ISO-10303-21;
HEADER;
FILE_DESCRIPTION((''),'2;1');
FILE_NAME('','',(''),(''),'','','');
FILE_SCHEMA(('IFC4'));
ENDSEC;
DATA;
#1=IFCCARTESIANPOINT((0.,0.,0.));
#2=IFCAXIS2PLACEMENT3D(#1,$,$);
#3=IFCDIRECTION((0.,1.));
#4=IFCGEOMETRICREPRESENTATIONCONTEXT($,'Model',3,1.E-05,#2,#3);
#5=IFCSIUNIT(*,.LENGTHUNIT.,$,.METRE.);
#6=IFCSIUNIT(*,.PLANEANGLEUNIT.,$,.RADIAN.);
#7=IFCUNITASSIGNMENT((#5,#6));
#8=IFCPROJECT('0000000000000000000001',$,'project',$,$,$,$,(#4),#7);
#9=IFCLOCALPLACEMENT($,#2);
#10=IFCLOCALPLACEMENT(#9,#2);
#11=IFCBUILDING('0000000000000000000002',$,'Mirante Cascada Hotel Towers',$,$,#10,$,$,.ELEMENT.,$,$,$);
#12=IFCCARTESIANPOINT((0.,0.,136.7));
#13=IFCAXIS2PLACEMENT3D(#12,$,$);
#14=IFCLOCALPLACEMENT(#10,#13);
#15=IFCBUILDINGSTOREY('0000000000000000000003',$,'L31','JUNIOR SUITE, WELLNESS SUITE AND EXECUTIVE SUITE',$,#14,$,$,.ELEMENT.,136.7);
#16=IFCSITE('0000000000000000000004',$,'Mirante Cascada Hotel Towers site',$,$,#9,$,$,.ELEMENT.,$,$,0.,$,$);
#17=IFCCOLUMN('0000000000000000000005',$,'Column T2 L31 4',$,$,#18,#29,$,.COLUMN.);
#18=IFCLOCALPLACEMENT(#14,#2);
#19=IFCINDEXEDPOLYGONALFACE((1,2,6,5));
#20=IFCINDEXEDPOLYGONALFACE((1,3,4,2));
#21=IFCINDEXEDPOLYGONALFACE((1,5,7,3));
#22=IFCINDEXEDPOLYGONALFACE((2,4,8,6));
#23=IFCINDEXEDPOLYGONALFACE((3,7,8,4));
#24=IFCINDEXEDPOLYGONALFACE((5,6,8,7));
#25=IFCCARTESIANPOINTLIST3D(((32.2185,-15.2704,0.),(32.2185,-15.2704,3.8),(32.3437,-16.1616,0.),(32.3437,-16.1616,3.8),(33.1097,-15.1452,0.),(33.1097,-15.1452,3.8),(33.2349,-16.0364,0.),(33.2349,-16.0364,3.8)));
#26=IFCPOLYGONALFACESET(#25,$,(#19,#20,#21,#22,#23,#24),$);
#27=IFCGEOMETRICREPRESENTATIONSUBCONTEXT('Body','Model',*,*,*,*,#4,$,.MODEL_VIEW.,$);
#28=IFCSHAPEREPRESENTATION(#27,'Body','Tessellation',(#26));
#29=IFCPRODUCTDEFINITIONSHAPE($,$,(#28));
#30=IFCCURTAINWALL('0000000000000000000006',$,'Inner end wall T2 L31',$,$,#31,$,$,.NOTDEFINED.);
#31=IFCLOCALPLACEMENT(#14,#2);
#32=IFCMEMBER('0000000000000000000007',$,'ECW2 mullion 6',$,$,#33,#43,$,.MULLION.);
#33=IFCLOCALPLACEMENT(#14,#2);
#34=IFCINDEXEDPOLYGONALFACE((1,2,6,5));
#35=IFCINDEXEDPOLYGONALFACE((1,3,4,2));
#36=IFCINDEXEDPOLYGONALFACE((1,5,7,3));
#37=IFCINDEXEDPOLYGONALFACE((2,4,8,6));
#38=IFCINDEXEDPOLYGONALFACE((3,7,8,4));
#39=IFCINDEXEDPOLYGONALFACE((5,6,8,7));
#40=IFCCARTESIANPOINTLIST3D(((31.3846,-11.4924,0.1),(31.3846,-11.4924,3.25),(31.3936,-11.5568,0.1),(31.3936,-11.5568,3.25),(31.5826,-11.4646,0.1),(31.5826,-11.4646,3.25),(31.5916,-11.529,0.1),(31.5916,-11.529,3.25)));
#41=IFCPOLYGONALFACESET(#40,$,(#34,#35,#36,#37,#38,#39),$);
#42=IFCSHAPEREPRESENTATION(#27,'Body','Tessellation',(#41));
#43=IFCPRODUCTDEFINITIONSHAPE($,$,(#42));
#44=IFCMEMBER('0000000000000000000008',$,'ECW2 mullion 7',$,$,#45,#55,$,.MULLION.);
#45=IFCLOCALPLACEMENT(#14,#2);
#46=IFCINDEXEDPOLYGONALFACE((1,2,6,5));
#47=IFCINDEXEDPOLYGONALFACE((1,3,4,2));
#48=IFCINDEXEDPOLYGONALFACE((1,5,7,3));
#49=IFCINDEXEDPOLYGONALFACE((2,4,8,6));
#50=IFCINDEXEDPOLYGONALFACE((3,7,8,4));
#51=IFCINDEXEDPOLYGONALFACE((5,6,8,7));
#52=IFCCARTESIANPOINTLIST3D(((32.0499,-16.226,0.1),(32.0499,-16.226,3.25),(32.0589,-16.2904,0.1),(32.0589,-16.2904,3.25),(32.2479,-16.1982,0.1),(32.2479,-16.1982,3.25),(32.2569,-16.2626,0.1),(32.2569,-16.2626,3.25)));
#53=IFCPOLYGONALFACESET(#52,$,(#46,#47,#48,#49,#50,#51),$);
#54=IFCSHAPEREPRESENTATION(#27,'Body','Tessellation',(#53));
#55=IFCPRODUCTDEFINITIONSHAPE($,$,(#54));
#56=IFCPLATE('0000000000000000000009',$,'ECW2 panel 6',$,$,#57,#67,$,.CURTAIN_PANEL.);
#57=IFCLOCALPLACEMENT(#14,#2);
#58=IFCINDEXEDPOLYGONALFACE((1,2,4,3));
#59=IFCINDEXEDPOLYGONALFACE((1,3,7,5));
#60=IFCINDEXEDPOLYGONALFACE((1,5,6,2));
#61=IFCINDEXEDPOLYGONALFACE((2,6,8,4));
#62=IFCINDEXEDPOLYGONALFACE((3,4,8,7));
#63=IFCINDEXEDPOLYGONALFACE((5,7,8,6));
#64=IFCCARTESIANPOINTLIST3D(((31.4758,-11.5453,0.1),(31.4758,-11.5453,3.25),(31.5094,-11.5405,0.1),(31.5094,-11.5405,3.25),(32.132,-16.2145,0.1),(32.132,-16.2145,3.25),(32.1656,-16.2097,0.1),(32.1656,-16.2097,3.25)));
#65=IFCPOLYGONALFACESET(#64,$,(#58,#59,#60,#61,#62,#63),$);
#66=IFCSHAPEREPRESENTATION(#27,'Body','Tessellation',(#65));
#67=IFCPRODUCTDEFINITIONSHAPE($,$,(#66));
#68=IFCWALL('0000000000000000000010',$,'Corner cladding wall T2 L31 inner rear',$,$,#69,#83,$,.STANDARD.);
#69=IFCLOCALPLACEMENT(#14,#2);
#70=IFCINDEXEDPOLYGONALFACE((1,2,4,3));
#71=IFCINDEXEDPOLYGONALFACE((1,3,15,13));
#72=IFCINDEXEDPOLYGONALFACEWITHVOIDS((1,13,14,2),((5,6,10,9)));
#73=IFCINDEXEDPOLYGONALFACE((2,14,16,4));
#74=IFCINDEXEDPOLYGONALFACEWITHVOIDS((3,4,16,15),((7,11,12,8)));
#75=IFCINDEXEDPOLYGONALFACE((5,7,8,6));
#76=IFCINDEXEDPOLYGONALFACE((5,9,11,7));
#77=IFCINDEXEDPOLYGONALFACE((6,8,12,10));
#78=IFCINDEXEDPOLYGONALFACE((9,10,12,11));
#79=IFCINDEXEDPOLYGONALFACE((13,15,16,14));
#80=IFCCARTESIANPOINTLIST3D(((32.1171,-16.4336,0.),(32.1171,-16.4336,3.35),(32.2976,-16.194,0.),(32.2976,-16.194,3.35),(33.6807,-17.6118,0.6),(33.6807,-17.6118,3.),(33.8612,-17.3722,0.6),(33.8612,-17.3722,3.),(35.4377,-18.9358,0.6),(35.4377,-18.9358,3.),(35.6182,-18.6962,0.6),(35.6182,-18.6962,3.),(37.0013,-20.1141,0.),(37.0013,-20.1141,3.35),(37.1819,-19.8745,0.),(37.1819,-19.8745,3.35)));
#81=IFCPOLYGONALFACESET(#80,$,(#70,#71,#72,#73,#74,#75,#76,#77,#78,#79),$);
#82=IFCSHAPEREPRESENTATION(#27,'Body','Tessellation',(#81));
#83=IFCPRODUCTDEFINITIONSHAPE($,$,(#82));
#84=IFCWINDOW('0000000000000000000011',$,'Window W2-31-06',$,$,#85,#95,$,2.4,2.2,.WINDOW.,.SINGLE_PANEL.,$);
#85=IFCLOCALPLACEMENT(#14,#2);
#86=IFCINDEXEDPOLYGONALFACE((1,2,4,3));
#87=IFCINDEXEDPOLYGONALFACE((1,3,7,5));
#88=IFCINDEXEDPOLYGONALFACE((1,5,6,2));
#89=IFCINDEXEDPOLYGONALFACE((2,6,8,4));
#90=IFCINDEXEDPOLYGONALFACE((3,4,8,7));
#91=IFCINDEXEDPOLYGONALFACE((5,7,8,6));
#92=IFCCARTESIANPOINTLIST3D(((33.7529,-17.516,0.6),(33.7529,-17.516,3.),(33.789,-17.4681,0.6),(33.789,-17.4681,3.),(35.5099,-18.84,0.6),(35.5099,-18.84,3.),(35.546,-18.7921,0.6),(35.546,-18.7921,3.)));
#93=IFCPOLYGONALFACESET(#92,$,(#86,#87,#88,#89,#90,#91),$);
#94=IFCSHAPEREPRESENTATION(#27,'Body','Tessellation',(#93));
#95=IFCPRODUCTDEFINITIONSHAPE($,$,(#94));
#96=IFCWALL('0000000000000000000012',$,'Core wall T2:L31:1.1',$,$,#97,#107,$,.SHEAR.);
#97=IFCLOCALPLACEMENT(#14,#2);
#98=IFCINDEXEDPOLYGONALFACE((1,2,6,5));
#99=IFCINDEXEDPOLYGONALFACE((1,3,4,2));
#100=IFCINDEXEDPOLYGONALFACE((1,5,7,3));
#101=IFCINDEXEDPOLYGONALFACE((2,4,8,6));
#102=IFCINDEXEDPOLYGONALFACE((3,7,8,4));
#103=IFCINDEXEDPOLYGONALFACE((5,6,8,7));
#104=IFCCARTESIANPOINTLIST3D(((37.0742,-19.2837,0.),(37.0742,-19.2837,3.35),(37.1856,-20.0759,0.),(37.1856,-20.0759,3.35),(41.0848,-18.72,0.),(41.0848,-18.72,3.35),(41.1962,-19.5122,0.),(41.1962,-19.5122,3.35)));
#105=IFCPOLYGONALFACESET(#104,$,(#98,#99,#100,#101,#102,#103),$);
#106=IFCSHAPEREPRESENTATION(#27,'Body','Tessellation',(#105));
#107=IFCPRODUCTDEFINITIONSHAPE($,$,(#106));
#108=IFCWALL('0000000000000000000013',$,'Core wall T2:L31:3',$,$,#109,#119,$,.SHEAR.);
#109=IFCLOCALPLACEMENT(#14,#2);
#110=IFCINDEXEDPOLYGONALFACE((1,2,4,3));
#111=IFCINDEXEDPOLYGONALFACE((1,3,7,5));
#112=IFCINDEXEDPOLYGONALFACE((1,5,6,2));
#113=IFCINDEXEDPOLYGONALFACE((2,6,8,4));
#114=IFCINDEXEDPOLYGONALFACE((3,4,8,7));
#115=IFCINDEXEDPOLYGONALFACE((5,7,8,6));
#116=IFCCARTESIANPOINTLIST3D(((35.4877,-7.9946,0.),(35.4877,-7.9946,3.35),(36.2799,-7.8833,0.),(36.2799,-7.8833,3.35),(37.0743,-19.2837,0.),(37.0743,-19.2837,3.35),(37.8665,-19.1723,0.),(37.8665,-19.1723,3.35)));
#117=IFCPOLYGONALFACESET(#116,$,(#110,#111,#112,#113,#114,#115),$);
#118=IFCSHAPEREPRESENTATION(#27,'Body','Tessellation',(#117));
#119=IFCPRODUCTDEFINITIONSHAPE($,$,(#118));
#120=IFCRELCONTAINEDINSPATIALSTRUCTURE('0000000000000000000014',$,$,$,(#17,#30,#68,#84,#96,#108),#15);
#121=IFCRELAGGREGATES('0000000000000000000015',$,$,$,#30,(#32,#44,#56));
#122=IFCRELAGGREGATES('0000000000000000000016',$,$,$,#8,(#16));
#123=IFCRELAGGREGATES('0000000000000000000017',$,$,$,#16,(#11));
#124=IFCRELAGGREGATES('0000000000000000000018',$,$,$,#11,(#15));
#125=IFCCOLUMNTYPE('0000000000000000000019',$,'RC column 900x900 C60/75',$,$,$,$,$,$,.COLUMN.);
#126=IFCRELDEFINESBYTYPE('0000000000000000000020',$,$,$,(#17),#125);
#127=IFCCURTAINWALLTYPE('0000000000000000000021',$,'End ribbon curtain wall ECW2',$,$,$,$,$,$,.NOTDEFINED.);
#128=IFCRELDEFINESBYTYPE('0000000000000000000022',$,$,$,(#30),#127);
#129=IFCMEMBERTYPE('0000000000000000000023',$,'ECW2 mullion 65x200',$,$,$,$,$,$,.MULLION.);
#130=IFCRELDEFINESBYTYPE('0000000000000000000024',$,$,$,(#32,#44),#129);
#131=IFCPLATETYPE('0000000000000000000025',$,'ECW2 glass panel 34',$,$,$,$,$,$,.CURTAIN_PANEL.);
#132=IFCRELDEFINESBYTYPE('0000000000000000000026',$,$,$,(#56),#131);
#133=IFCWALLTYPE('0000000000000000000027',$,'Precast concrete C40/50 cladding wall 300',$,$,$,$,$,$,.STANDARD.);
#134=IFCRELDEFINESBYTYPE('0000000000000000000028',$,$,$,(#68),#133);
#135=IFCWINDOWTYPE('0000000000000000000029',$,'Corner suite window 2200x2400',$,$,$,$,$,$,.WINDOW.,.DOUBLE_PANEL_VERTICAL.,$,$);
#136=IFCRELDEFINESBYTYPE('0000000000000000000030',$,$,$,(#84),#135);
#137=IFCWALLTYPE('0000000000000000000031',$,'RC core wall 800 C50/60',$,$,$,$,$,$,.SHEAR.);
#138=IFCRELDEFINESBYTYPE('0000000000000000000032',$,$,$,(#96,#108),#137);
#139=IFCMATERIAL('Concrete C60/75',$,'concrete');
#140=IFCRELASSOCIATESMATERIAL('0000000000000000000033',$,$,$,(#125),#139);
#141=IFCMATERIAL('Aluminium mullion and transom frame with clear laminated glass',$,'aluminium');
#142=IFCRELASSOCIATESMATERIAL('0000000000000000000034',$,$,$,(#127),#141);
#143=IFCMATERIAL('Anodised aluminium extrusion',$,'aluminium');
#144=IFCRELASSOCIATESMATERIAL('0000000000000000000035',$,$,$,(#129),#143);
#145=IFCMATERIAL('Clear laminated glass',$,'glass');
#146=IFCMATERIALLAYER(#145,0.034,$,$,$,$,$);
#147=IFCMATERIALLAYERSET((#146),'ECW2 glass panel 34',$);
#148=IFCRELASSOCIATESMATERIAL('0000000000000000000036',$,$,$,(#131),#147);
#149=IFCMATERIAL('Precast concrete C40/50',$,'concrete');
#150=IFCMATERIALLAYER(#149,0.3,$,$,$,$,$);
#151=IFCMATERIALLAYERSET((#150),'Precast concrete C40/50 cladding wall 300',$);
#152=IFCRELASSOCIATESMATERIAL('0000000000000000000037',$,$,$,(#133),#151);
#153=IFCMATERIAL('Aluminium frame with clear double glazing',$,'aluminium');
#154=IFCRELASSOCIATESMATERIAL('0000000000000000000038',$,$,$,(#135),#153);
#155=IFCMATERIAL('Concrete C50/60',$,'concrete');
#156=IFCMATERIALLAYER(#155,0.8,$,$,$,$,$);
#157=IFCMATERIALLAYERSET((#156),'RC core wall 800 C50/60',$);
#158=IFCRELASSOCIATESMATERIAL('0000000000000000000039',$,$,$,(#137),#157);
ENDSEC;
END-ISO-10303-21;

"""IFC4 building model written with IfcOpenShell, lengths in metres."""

from ifc_helpers import new_model, si_unit, direction, frame, frame_2d, origin, origin_2d, place, context, subcontext, project, spatial, rectangle, extrude, material, layer, layer_set, material_profile, profile_set, type_object, element, fill, aggregate, save


model = new_model("IFC4")

# Units and contexts
model_context = context("Model", 3, precision=1e-05, world=origin(), true_north=direction((0.0, 1.0)))
body_context = subcontext(model_context, "Body", "Model", "MODEL_VIEW")
ifc_project = project(units=[si_unit("LENGTHUNIT", "METRE"), si_unit("PLANEANGLEUNIT", "RADIAN")], contexts=[model_context])

# Site, building, storey
site_placement = place(None, origin())
site = spatial("IfcSite", under=ifc_project, at=site_placement, Name="Mirante Cascada Hotel Towers site", CompositionType="ELEMENT", RefElevation=0.0)
building_placement = place(site_placement, origin())
building = spatial("IfcBuilding", under=site, at=building_placement, Name="Mirante Cascada Hotel Towers", CompositionType="ELEMENT")
storey_placement = place(building_placement, frame((0.0, 0.0, 136.7)))
storey = spatial("IfcBuildingStorey", under=building, at=storey_placement, Name="L31", Description="JUNIOR SUITE, WELLNESS SUITE AND EXECUTIVE SUITE", CompositionType="ELEMENT", Elevation=136.7)

# Column
ifc_material_1 = material(Name="Concrete C60/75", Category="concrete")
ifc_material_profile_1 = material_profile(ifc_material_1, rectangle(XDim=0.9, YDim=0.9, at=origin_2d()), Name="RC column 900x900 C60/75")
ifc_profile_set_1 = profile_set([ifc_material_profile_1], Name="Concrete C60/75")
column_type = type_object("IfcColumnType", Name="RC column 900x900 C60/75", PredefinedType="COLUMN", material=ifc_profile_set_1)
column_placement = place(storey_placement, frame((32.7267, -15.6534, 0.0), z_axis=(0.0, 0.0, 1.0), x_axis=(0.990268, 0.139173, 0.0)))
element("IfcColumn", 1, at=column_placement, inside=storey, type_object=column_type, Name="Column T2 L31 4", PredefinedType="COLUMN", context=body_context, shape_type="SweptSolid", body=[
    extrude(rectangle(XDim=0.9, YDim=0.9, at=origin_2d()), origin(), (0.0, 0.0, 1.0), 3.8),
])

# Curtain wall, members, plate
ifc_material_2 = material(Name="Aluminium mullion and transom frame with clear laminated glass", Category="aluminium")
curtain_wall_type = type_object("IfcCurtainWallType", Name="End ribbon curtain wall ECW2", PredefinedType="NOTDEFINED", material=ifc_material_2)
curtain_wall_placement = place(storey_placement, origin())
curtain_wall = element("IfcCurtainWall", 2, at=curtain_wall_placement, inside=storey, type_object=curtain_wall_type, Name="Inner end wall T2 L31", PredefinedType="NOTDEFINED")
ifc_material_3 = material(Name="Anodised aluminium extrusion", Category="aluminium")
ifc_material_profile_2 = material_profile(ifc_material_3, rectangle(XDim=0.2, YDim=0.065, at=origin_2d()), Name="ECW2 MULLION 65x200")
ifc_profile_set_2 = profile_set([ifc_material_profile_2], Name="Anodised aluminium extrusion")
member_type = type_object("IfcMemberType", Name="ECW2 mullion 65x200", PredefinedType="MULLION", material=ifc_profile_set_2)
member_1_placement = place(storey_placement, frame((31.4881, -11.5107, 0.1), z_axis=(0.0, 0.0, 1.0), x_axis=(0.990268, 0.139173, 0.0)))
member_1 = element("IfcMember", 3, at=member_1_placement, type_object=member_type, Name="ECW2 mullion 6", PredefinedType="MULLION", context=body_context, shape_type="SweptSolid", body=[
    extrude(rectangle(XDim=0.2, YDim=0.065, at=origin_2d()), origin(), (0.0, 0.0, 1.0), 3.15),
])
member_2_placement = place(storey_placement, frame((32.1534, -16.2443, 0.1), z_axis=(0.0, 0.0, 1.0), x_axis=(0.990268, 0.139173, 0.0)))
member_2 = element("IfcMember", 4, at=member_2_placement, type_object=member_type, Name="ECW2 mullion 7", PredefinedType="MULLION", context=body_context, shape_type="SweptSolid", body=[
    extrude(rectangle(XDim=0.2, YDim=0.065, at=origin_2d()), origin(), (0.0, 0.0, 1.0), 3.15),
])
ifc_material_4 = material(Name="Clear laminated glass", Category="glass")
ifc_layer_1 = layer(ifc_material_4, 0.034)
ifc_layer_set_1 = layer_set([ifc_layer_1], Name="ECW2 glass panel 34")
plate_type = type_object("IfcPlateType", Name="ECW2 glass panel 34", PredefinedType="CURTAIN_PANEL", material=ifc_layer_set_1)
plate_placement = place(storey_placement, frame((31.8207, -13.8775, 0.1), z_axis=(0.0, 0.0, 1.0), x_axis=(0.139173, -0.990268, 0.0)))
plate = element("IfcPlate", 5, at=plate_placement, type_object=plate_type, Name="ECW2 panel 6", PredefinedType="CURTAIN_PANEL", context=body_context, shape_type="SweptSolid", body=[
    extrude(rectangle(XDim=4.7151, YDim=0.034, at=origin_2d()), origin(), (0.0, 0.0, 1.0), 3.15),
])
aggregate(curtain_wall, [member_1, member_2, plate])

# Wall, opening, window
ifc_material_5 = material(Name="Precast concrete C40/50", Category="concrete")
ifc_layer_2 = layer(ifc_material_5, 0.3)
ifc_layer_set_2 = layer_set([ifc_layer_2], Name="Precast concrete C40/50 cladding wall 300")
wall_type_1 = type_object("IfcWallType", Name="Precast concrete C40/50 cladding wall 300", PredefinedType="STANDARD", material=ifc_layer_set_2)
wall_1_placement = place(storey_placement, frame((32.2074, -16.3138, 0.0), z_axis=(0.0, 0.0, 1.0), x_axis=(0.798636, -0.601814, 0.0)))
wall_1 = element("IfcWall", 6, at=wall_1_placement, inside=storey, type_object=wall_type_1, Name="Corner cladding wall T2 L31 inner rear", PredefinedType="STANDARD", context=body_context, shape_type="SweptSolid", body=[
    extrude(rectangle(XDim=6.1157, YDim=0.3, at=frame_2d((3.0578, 0.0))), origin(), (0.0, 0.0, 1.0), 3.35),
])
opening_placement = place(wall_1_placement, frame((1.9578, 0.0, 0.6)))
opening = element("IfcOpeningElement", 7, at=opening_placement, cuts=wall_1, PredefinedType="OPENING", context=body_context, shape_type="SweptSolid", body=[
    extrude(rectangle(XDim=2.2, YDim=2.4, at=frame_2d((1.1, 1.2))), frame((0.0, 0.15, 0.0), z_axis=(0.0, -1.0, 0.0), x_axis=(1.0, 0.0, 0.0)), (0.0, 0.0, 1.0), 0.3),
])
ifc_material_6 = material(Name="Aluminium frame with clear double glazing", Category="aluminium")
window_type = type_object("IfcWindowType", Name="Corner suite window 2200x2400", PartitioningType="DOUBLE_PANEL_VERTICAL", PredefinedType="WINDOW", material=ifc_material_6)
window_placement = place(opening_placement, origin())
window = element("IfcWindow", 8, at=window_placement, inside=storey, type_object=window_type, Name="Window W2-31-06", OverallHeight=2.4, OverallWidth=2.2, PartitioningType="SINGLE_PANEL", PredefinedType="WINDOW", context=body_context, shape_type="SweptSolid", body=[
    extrude(rectangle(XDim=2.2, YDim=2.4, at=frame_2d((1.1, 1.2))), frame((0.0, 0.03, 0.0), z_axis=(0.0, -1.0, 0.0), x_axis=(1.0, 0.0, 0.0)), (0.0, 0.0, 1.0), 0.06),
])
fill(opening, window)

# Walls
ifc_material_7 = material(Name="Concrete C50/60", Category="concrete")
ifc_layer_3 = layer(ifc_material_7, 0.8)
ifc_layer_set_3 = layer_set([ifc_layer_3], Name="RC core wall 800 C50/60")
wall_type_2 = type_object("IfcWallType", Name="RC core wall 800 C50/60", PredefinedType="SHEAR", material=ifc_layer_set_3)
wall_2_placement = place(storey_placement, frame((37.1299, -19.6798, 0.0), z_axis=(0.0, 0.0, 1.0), x_axis=(0.990267, 0.139184, 0.0)))
element("IfcWall", 9, at=wall_2_placement, inside=storey, type_object=wall_type_2, Name="Core wall T2:L31:1.1", PredefinedType="SHEAR", context=body_context, shape_type="SweptSolid", body=[
    extrude(rectangle(XDim=4.05, YDim=0.8, at=frame_2d((2.025, 0.0))), origin(), (0.0, 0.0, 1.0), 3.35),
])
wall_3_placement = place(storey_placement, frame((37.4704, -19.228, 0.0), z_axis=(0.0, 0.0, 1.0), x_axis=(-0.139175, 0.990268, 0.0)))
element("IfcWall", 10, at=wall_3_placement, inside=storey, type_object=wall_type_2, Name="Core wall T2:L31:3", PredefinedType="SHEAR", context=body_context, shape_type="SweptSolid", body=[
    extrude(rectangle(XDim=11.4, YDim=0.8, at=frame_2d((5.7, 0.0))), origin(), (0.0, 0.0, 1.0), 3.35),
])

save(model, "model.ifc")
